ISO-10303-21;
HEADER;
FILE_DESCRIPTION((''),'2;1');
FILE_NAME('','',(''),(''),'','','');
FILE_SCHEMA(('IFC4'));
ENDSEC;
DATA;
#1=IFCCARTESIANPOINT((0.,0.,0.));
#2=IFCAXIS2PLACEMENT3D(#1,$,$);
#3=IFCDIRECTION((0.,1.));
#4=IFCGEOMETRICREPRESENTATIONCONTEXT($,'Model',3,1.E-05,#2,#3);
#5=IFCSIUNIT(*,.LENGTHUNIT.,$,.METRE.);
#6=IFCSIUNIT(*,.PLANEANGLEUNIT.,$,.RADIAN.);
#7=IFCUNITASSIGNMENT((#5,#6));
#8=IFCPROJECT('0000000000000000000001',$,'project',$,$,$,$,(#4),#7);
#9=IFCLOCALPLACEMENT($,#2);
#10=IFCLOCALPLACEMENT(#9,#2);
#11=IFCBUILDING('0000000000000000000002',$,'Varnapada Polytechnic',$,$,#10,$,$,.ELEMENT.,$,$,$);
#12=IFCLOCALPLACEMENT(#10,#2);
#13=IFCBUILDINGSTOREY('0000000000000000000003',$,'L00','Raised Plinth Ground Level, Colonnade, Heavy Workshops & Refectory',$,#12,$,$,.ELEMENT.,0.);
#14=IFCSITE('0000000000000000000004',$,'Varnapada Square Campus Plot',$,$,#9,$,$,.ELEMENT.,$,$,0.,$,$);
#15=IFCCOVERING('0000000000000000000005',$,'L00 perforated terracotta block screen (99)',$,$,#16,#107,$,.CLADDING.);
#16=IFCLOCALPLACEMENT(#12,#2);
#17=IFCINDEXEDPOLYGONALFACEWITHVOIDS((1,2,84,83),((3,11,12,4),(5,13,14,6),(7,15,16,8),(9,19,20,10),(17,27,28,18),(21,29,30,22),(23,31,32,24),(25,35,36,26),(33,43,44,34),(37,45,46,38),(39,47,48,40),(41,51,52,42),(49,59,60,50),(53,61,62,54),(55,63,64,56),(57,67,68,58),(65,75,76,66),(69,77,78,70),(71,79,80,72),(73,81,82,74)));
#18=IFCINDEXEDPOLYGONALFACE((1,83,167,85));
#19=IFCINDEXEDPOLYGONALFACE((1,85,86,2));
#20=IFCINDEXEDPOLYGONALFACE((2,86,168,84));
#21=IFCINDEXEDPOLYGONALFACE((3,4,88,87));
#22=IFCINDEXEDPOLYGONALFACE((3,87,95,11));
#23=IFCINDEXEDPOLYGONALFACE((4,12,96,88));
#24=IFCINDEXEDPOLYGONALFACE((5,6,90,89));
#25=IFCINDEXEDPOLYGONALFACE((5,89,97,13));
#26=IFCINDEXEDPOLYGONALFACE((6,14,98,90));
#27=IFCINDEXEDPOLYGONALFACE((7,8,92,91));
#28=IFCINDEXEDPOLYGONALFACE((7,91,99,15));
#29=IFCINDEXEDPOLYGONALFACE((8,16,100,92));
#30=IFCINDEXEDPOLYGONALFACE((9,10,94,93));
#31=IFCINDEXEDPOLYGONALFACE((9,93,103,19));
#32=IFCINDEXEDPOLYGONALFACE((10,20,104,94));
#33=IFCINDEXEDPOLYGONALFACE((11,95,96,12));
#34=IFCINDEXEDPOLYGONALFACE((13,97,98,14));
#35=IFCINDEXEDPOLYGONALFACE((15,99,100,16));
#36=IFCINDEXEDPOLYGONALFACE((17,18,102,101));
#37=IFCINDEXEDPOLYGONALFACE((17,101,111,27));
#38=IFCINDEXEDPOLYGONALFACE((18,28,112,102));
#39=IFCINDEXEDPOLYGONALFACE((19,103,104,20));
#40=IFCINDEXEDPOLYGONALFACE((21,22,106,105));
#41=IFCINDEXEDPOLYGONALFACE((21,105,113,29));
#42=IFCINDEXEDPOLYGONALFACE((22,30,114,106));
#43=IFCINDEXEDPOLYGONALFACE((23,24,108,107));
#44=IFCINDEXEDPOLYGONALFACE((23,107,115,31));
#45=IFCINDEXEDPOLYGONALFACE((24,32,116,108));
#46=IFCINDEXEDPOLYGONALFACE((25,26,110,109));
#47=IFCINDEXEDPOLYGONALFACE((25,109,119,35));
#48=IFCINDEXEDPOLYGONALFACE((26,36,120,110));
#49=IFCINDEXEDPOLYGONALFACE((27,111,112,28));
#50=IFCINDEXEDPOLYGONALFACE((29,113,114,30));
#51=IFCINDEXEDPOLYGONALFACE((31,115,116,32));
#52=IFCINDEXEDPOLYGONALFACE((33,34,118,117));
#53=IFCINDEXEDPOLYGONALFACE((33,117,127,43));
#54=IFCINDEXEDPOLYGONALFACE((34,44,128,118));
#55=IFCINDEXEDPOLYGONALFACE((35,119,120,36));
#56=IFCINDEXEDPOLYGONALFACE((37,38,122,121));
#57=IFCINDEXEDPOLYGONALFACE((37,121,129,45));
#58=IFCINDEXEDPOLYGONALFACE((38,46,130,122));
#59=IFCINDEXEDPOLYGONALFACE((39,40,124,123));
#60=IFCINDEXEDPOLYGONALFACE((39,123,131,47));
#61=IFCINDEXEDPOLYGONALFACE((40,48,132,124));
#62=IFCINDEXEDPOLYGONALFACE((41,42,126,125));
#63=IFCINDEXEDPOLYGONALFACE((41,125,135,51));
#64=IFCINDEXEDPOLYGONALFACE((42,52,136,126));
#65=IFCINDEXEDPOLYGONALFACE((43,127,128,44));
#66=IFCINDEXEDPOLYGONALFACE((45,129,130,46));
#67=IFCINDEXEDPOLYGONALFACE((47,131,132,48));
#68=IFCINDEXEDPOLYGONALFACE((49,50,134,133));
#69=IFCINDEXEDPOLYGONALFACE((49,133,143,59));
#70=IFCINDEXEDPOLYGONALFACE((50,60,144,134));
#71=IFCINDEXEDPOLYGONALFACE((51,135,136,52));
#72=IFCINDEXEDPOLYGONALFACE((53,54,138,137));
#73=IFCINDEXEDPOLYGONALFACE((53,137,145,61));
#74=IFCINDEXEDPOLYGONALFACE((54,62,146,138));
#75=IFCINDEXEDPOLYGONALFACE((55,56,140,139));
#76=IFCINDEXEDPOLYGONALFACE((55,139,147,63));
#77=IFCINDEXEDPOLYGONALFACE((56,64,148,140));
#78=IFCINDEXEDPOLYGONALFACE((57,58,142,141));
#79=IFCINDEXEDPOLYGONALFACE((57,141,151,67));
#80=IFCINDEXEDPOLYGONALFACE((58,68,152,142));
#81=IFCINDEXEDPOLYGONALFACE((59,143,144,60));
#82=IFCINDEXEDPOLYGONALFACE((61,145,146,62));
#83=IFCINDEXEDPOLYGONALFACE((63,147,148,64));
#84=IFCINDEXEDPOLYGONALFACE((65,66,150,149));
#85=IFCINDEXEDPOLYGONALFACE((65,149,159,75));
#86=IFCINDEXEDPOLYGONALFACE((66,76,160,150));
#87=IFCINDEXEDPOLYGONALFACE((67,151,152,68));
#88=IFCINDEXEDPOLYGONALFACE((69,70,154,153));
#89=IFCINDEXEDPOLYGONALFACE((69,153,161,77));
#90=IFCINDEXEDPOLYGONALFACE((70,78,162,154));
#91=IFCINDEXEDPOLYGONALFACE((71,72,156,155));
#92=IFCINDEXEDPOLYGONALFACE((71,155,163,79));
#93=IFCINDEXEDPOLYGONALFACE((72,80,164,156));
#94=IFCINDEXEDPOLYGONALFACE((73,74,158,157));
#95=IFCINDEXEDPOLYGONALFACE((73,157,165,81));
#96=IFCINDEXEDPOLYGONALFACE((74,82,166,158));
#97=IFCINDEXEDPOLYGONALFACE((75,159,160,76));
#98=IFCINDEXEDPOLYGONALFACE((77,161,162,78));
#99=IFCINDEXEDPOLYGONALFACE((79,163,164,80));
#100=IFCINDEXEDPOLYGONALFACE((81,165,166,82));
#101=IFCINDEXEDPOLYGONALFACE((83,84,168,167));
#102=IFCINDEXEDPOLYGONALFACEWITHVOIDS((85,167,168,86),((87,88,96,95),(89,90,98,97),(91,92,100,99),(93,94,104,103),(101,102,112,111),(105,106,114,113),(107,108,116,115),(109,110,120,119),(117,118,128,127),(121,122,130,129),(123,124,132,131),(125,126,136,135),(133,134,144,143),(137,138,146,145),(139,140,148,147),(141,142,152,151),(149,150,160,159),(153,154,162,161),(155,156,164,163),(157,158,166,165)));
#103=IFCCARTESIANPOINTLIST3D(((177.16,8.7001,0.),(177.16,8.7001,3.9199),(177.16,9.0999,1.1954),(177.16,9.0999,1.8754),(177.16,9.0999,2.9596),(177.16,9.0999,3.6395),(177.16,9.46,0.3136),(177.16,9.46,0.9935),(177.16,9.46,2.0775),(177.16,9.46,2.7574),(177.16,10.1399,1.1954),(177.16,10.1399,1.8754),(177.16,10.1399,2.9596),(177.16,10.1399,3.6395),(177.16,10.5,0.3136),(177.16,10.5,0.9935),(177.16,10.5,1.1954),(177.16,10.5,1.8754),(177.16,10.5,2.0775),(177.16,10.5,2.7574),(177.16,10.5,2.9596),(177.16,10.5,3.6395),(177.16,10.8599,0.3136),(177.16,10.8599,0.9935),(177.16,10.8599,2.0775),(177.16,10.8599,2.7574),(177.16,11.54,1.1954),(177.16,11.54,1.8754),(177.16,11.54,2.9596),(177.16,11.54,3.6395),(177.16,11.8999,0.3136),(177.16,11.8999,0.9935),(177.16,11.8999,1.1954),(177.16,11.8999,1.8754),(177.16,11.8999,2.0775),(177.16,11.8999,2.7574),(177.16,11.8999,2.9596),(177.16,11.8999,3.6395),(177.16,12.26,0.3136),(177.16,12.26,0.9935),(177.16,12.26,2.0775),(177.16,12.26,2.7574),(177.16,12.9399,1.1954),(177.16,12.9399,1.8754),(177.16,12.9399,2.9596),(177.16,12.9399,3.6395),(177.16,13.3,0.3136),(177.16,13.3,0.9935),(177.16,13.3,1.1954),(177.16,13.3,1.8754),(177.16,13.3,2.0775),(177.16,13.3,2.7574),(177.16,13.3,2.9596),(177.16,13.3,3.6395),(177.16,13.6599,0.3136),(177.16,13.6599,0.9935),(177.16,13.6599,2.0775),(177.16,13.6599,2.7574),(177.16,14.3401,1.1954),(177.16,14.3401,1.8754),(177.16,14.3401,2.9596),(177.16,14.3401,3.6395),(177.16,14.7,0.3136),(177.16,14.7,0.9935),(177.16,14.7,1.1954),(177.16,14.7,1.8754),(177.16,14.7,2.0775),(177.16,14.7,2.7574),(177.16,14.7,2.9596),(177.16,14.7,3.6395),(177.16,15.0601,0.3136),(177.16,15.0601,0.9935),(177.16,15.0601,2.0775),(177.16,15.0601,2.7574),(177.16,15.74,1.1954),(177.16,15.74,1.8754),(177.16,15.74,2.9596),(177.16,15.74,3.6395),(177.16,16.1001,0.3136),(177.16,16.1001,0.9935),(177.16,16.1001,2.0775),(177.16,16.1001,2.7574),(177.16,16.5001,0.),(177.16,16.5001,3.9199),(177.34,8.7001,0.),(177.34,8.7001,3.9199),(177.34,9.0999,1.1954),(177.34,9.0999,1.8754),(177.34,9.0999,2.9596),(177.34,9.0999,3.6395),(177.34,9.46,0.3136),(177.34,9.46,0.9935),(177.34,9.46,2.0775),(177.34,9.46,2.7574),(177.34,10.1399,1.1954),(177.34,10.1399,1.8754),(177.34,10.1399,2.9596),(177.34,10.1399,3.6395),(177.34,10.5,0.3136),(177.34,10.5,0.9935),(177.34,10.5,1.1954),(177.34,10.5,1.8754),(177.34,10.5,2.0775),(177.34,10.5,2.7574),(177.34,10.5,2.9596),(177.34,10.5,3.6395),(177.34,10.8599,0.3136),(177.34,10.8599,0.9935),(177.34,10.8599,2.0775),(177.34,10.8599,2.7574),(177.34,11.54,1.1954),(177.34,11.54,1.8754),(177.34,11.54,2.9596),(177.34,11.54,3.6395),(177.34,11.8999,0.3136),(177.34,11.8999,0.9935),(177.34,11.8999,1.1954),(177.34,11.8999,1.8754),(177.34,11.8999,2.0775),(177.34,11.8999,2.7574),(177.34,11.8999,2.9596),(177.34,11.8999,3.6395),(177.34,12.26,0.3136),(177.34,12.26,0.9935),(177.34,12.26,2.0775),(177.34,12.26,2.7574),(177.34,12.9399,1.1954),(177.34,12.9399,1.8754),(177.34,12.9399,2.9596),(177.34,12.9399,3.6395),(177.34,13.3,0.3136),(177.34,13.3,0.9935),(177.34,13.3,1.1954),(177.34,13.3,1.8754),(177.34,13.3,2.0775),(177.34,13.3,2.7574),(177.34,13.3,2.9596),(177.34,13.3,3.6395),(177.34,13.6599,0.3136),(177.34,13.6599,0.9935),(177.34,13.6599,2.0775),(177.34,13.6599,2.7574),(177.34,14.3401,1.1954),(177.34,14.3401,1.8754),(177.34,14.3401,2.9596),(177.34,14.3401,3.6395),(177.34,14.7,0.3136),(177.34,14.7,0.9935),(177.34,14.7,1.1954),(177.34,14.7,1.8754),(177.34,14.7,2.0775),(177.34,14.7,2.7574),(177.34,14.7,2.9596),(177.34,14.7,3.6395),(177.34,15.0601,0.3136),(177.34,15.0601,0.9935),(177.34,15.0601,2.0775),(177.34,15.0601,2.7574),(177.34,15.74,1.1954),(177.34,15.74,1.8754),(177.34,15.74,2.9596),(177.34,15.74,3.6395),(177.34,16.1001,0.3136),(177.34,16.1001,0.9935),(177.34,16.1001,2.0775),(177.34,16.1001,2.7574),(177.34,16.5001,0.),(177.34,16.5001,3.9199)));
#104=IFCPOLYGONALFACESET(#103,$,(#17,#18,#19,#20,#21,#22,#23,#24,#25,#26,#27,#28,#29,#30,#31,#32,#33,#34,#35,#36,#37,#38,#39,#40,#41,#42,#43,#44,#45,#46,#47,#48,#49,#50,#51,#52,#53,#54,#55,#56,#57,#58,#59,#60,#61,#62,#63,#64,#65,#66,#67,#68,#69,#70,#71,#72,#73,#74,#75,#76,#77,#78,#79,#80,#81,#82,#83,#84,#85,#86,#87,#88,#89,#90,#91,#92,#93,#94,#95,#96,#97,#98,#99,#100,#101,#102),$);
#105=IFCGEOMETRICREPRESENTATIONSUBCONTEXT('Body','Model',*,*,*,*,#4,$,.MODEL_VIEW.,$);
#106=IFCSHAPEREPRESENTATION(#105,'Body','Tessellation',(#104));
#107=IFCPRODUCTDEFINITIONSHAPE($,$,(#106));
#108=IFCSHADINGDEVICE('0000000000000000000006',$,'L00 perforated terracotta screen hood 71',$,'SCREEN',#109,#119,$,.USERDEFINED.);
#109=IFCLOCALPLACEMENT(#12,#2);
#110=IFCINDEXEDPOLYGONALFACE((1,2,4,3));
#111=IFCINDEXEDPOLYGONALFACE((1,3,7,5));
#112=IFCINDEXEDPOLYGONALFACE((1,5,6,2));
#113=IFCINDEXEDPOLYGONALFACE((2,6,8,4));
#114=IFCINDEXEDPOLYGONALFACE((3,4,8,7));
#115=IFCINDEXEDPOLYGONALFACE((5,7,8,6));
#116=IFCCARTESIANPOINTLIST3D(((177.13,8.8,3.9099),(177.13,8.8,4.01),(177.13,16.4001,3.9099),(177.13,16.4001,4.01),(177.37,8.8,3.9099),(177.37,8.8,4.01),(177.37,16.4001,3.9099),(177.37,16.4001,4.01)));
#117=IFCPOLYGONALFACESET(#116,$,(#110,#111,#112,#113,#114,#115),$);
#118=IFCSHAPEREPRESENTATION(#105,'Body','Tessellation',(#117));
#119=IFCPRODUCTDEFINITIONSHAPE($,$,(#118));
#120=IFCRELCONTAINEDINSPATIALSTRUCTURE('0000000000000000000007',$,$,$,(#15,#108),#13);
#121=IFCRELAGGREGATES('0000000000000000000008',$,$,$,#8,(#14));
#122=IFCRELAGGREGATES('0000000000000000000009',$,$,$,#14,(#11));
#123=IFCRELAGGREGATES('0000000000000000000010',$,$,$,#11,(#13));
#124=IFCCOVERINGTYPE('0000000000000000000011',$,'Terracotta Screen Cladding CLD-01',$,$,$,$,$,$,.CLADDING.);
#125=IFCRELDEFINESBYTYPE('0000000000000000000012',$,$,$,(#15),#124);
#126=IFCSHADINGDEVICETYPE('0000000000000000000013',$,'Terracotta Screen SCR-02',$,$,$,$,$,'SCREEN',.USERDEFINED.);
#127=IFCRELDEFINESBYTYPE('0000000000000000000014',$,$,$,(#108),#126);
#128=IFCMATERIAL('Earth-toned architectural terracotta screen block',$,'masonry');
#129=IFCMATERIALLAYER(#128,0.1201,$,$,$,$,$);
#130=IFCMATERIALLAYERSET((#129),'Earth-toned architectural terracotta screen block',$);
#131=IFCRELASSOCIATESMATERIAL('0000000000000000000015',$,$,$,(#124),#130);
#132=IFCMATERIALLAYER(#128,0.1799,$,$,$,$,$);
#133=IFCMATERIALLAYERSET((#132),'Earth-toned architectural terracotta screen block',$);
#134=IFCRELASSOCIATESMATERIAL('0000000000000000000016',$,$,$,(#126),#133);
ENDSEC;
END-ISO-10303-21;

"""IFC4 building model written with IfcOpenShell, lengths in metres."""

from ifc_helpers import new_model, si_unit, direction, frame, frame_2d, origin, origin_2d, place, context, subcontext, project, spatial, rectangle, extrude, material, layer, layer_set, type_object, element, save


model = new_model("IFC4")

# Units and contexts
model_context = context("Model", 3, precision=1e-05, world=origin(), true_north=direction((0.0, 1.0)))
body_context = subcontext(model_context, "Body", "Model", "MODEL_VIEW")
ifc_project = project(units=[si_unit("LENGTHUNIT", "METRE"), si_unit("PLANEANGLEUNIT", "RADIAN")], contexts=[model_context])

# Site, building, storey
site_placement = place(None, origin())
site = spatial("IfcSite", under=ifc_project, at=site_placement, Name="Varnapada Square Campus Plot", CompositionType="ELEMENT", RefElevation=0.0)
building_placement = place(site_placement, origin())
building = spatial("IfcBuilding", under=site, at=building_placement, Name="Varnapada Polytechnic", CompositionType="ELEMENT")
storey_placement = place(building_placement, origin())
storey = spatial("IfcBuildingStorey", under=building, at=storey_placement, Name="L00", Description="Raised Plinth Ground Level, Colonnade, Heavy Workshops & Refectory", CompositionType="ELEMENT", Elevation=0.0)

# Covering, openings
ifc_material_1 = material(Name="Earth-toned architectural terracotta screen block", Category="masonry")
ifc_layer_1 = layer(ifc_material_1, 0.1201)
ifc_layer_set_1 = layer_set([ifc_layer_1], Name="Earth-toned architectural terracotta screen block")
covering_type_1 = type_object("IfcCoveringType", Name="Terracotta Screen Cladding CLD-01", PredefinedType="CLADDING", material=ifc_layer_set_1)
covering_1_placement = place(storey_placement, frame((177.25, 16.5, 0.0), z_axis=(0.0, 0.0, 1.0), x_axis=(0.0, -1.0, 0.0)))
covering_1 = element("IfcCovering", 1, at=covering_1_placement, inside=storey, type_object=covering_type_1, Name="L00 perforated terracotta block screen (99)", PredefinedType="CLADDING", context=body_context, shape_type="SweptSolid", body=[
    extrude(rectangle(XDim=7.8, YDim=0.1799, at=frame_2d((3.8999, 0.0))), origin(), (0.0, 0.0, 1.0), 3.9199),
])
opening_1_placement = place(covering_1_placement, frame((0.3999, 0.0, 0.3137)))
element("IfcOpeningElement", 2, at=opening_1_placement, cuts=covering_1, PredefinedType="OPENING", context=body_context, shape_type="SweptSolid", body=[
    extrude(rectangle(XDim=1.04, YDim=0.6799, at=frame_2d((0.52, 0.3398))), frame((0.0, 0.0999, 0.0), z_axis=(0.0, -1.0, 0.0), x_axis=(1.0, 0.0, 0.0)), (0.0, 0.0, 1.0), 0.2),
])
opening_2_placement = place(covering_1_placement, frame((1.8, 0.0, 0.3137)))
element("IfcOpeningElement", 3, at=opening_2_placement, cuts=covering_1, PredefinedType="OPENING", context=body_context, shape_type="SweptSolid", body=[
    extrude(rectangle(XDim=1.04, YDim=0.6799, at=frame_2d((0.52, 0.3398))), frame((0.0, 0.0999, 0.0), z_axis=(0.0, -1.0, 0.0), x_axis=(1.0, 0.0, 0.0)), (0.0, 0.0, 1.0), 0.2),
])
opening_3_placement = place(covering_1_placement, frame((3.2, 0.0, 0.3137)))
element("IfcOpeningElement", 4, at=opening_3_placement, cuts=covering_1, PredefinedType="OPENING", context=body_context, shape_type="SweptSolid", body=[
    extrude(rectangle(XDim=1.04, YDim=0.6799, at=frame_2d((0.52, 0.3398))), frame((0.0, 0.0999, 0.0), z_axis=(0.0, -1.0, 0.0), x_axis=(1.0, 0.0, 0.0)), (0.0, 0.0, 1.0), 0.2),
])
opening_4_placement = place(covering_1_placement, frame((4.6001, 0.0, 0.3137)))
element("IfcOpeningElement", 5, at=opening_4_placement, cuts=covering_1, PredefinedType="OPENING", context=body_context, shape_type="SweptSolid", body=[
    extrude(rectangle(XDim=1.04, YDim=0.6799, at=frame_2d((0.52, 0.3398))), frame((0.0, 0.0999, 0.0), z_axis=(0.0, -1.0, 0.0), x_axis=(1.0, 0.0, 0.0)), (0.0, 0.0, 1.0), 0.2),
])
opening_5_placement = place(covering_1_placement, frame((6.0, 0.0, 0.3137)))
element("IfcOpeningElement", 6, at=opening_5_placement, cuts=covering_1, PredefinedType="OPENING", context=body_context, shape_type="SweptSolid", body=[
    extrude(rectangle(XDim=1.04, YDim=0.6799, at=frame_2d((0.52, 0.3398))), frame((0.0, 0.0999, 0.0), z_axis=(0.0, -1.0, 0.0), x_axis=(1.0, 0.0, 0.0)), (0.0, 0.0, 1.0), 0.2),
])
opening_6_placement = place(covering_1_placement, frame((0.76, 0.0, 1.1956)))
element("IfcOpeningElement", 7, at=opening_6_placement, cuts=covering_1, PredefinedType="OPENING", context=body_context, shape_type="SweptSolid", body=[
    extrude(rectangle(XDim=1.04, YDim=0.6799, at=frame_2d((0.52, 0.3398))), frame((0.0, 0.0999, 0.0), z_axis=(0.0, -1.0, 0.0), x_axis=(1.0, 0.0, 0.0)), (0.0, 0.0, 1.0), 0.2),
])
opening_7_placement = place(covering_1_placement, frame((2.1599, 0.0, 1.1956)))
element("IfcOpeningElement", 8, at=opening_7_placement, cuts=covering_1, PredefinedType="OPENING", context=body_context, shape_type="SweptSolid", body=[
    extrude(rectangle(XDim=1.04, YDim=0.6799, at=frame_2d((0.52, 0.3398))), frame((0.0, 0.0999, 0.0), z_axis=(0.0, -1.0, 0.0), x_axis=(1.0, 0.0, 0.0)), (0.0, 0.0, 1.0), 0.2),
])
opening_8_placement = place(covering_1_placement, frame((3.5601, 0.0, 1.1956)))
element("IfcOpeningElement", 9, at=opening_8_placement, cuts=covering_1, PredefinedType="OPENING", context=body_context, shape_type="SweptSolid", body=[
    extrude(rectangle(XDim=1.04, YDim=0.6799, at=frame_2d((0.52, 0.3398))), frame((0.0, 0.0999, 0.0), z_axis=(0.0, -1.0, 0.0), x_axis=(1.0, 0.0, 0.0)), (0.0, 0.0, 1.0), 0.2),
])
opening_9_placement = place(covering_1_placement, frame((4.96, 0.0, 1.1956)))
element("IfcOpeningElement", 10, at=opening_9_placement, cuts=covering_1, PredefinedType="OPENING", context=body_context, shape_type="SweptSolid", body=[
    extrude(rectangle(XDim=1.04, YDim=0.6799, at=frame_2d((0.52, 0.3398))), frame((0.0, 0.0999, 0.0), z_axis=(0.0, -1.0, 0.0), x_axis=(1.0, 0.0, 0.0)), (0.0, 0.0, 1.0), 0.2),
])
opening_10_placement = place(covering_1_placement, frame((6.3601, 0.0, 1.1956)))
element("IfcOpeningElement", 11, at=opening_10_placement, cuts=covering_1, PredefinedType="OPENING", context=body_context, shape_type="SweptSolid", body=[
    extrude(rectangle(XDim=1.04, YDim=0.6799, at=frame_2d((0.52, 0.3398))), frame((0.0, 0.0999, 0.0), z_axis=(0.0, -1.0, 0.0), x_axis=(1.0, 0.0, 0.0)), (0.0, 0.0, 1.0), 0.2),
])
opening_11_placement = place(covering_1_placement, frame((0.3999, 0.0, 2.0776)))
element("IfcOpeningElement", 12, at=opening_11_placement, cuts=covering_1, PredefinedType="OPENING", context=body_context, shape_type="SweptSolid", body=[
    extrude(rectangle(XDim=1.04, YDim=0.6799, at=frame_2d((0.52, 0.3398))), frame((0.0, 0.0999, 0.0), z_axis=(0.0, -1.0, 0.0), x_axis=(1.0, 0.0, 0.0)), (0.0, 0.0, 1.0), 0.2),
])
opening_12_placement = place(covering_1_placement, frame((1.8, 0.0, 2.0776)))
element("IfcOpeningElement", 13, at=opening_12_placement, cuts=covering_1, PredefinedType="OPENING", context=body_context, shape_type="SweptSolid", body=[
    extrude(rectangle(XDim=1.04, YDim=0.6799, at=frame_2d((0.52, 0.3398))), frame((0.0, 0.0999, 0.0), z_axis=(0.0, -1.0, 0.0), x_axis=(1.0, 0.0, 0.0)), (0.0, 0.0, 1.0), 0.2),
])
opening_13_placement = place(covering_1_placement, frame((3.2, 0.0, 2.0776)))
element("IfcOpeningElement", 14, at=opening_13_placement, cuts=covering_1, PredefinedType="OPENING", context=body_context, shape_type="SweptSolid", body=[
    extrude(rectangle(XDim=1.04, YDim=0.6799, at=frame_2d((0.52, 0.3398))), frame((0.0, 0.0999, 0.0), z_axis=(0.0, -1.0, 0.0), x_axis=(1.0, 0.0, 0.0)), (0.0, 0.0, 1.0), 0.2),
])
opening_14_placement = place(covering_1_placement, frame((4.6001, 0.0, 2.0776)))
element("IfcOpeningElement", 15, at=opening_14_placement, cuts=covering_1, PredefinedType="OPENING", context=body_context, shape_type="SweptSolid", body=[
    extrude(rectangle(XDim=1.04, YDim=0.6799, at=frame_2d((0.52, 0.3398))), frame((0.0, 0.0999, 0.0), z_axis=(0.0, -1.0, 0.0), x_axis=(1.0, 0.0, 0.0)), (0.0, 0.0, 1.0), 0.2),
])
opening_15_placement = place(covering_1_placement, frame((6.0, 0.0, 2.0776)))
element("IfcOpeningElement", 16, at=opening_15_placement, cuts=covering_1, PredefinedType="OPENING", context=body_context, shape_type="SweptSolid", body=[
    extrude(rectangle(XDim=1.04, YDim=0.6799, at=frame_2d((0.52, 0.3398))), frame((0.0, 0.0999, 0.0), z_axis=(0.0, -1.0, 0.0), x_axis=(1.0, 0.0, 0.0)), (0.0, 0.0, 1.0), 0.2),
])
opening_16_placement = place(covering_1_placement, frame((0.76, 0.0, 2.9597)))
element("IfcOpeningElement", 17, at=opening_16_placement, cuts=covering_1, PredefinedType="OPENING", context=body_context, shape_type="SweptSolid", body=[
    extrude(rectangle(XDim=1.04, YDim=0.6799, at=frame_2d((0.52, 0.3398))), frame((0.0, 0.0999, 0.0), z_axis=(0.0, -1.0, 0.0), x_axis=(1.0, 0.0, 0.0)), (0.0, 0.0, 1.0), 0.2),
])
opening_17_placement = place(covering_1_placement, frame((2.1599, 0.0, 2.9597)))
element("IfcOpeningElement", 18, at=opening_17_placement, cuts=covering_1, PredefinedType="OPENING", context=body_context, shape_type="SweptSolid", body=[
    extrude(rectangle(XDim=1.04, YDim=0.6799, at=frame_2d((0.52, 0.3398))), frame((0.0, 0.0999, 0.0), z_axis=(0.0, -1.0, 0.0), x_axis=(1.0, 0.0, 0.0)), (0.0, 0.0, 1.0), 0.2),
])
opening_18_placement = place(covering_1_placement, frame((3.5601, 0.0, 2.9597)))
element("IfcOpeningElement", 19, at=opening_18_placement, cuts=covering_1, PredefinedType="OPENING", context=body_context, shape_type="SweptSolid", body=[
    extrude(rectangle(XDim=1.04, YDim=0.6799, at=frame_2d((0.52, 0.3398))), frame((0.0, 0.0999, 0.0), z_axis=(0.0, -1.0, 0.0), x_axis=(1.0, 0.0, 0.0)), (0.0, 0.0, 1.0), 0.2),
])
opening_19_placement = place(covering_1_placement, frame((4.96, 0.0, 2.9597)))
element("IfcOpeningElement", 20, at=opening_19_placement, cuts=covering_1, PredefinedType="OPENING", context=body_context, shape_type="SweptSolid", body=[
    extrude(rectangle(XDim=1.04, YDim=0.6799, at=frame_2d((0.52, 0.3398))), frame((0.0, 0.0999, 0.0), z_axis=(0.0, -1.0, 0.0), x_axis=(1.0, 0.0, 0.0)), (0.0, 0.0, 1.0), 0.2),
])
opening_20_placement = place(covering_1_placement, frame((6.3601, 0.0, 2.9597)))
element("IfcOpeningElement", 21, at=opening_20_placement, cuts=covering_1, PredefinedType="OPENING", context=body_context, shape_type="SweptSolid", body=[
    extrude(rectangle(XDim=1.04, YDim=0.6799, at=frame_2d((0.52, 0.3398))), frame((0.0, 0.0999, 0.0), z_axis=(0.0, -1.0, 0.0), x_axis=(1.0, 0.0, 0.0)), (0.0, 0.0, 1.0), 0.2),
])

# Shading device
ifc_layer_2 = layer(ifc_material_1, 0.1799)
ifc_layer_set_2 = layer_set([ifc_layer_2], Name="Earth-toned architectural terracotta screen block")
shading_device_type = type_object("IfcShadingDeviceType", Name="Terracotta Screen SCR-02", ElementType="SCREEN", PredefinedType="USERDEFINED", material=ifc_layer_set_2)
shading_device_placement = place(storey_placement, frame((177.25, 12.6001, 3.9099), z_axis=(0.0, 0.0, 1.0), x_axis=(0.0, -1.0, 0.0)))
element("IfcShadingDevice", 22, at=shading_device_placement, inside=storey, type_object=shading_device_type, Name="L00 perforated terracotta screen hood 71", ObjectType="SCREEN", PredefinedType="USERDEFINED", context=body_context, shape_type="SweptSolid", body=[
    extrude(rectangle(XDim=7.6001, YDim=0.24, at=origin_2d()), origin(), (0.0, 0.0, 1.0), 0.1001),
])

save(model, "model.ifc")
